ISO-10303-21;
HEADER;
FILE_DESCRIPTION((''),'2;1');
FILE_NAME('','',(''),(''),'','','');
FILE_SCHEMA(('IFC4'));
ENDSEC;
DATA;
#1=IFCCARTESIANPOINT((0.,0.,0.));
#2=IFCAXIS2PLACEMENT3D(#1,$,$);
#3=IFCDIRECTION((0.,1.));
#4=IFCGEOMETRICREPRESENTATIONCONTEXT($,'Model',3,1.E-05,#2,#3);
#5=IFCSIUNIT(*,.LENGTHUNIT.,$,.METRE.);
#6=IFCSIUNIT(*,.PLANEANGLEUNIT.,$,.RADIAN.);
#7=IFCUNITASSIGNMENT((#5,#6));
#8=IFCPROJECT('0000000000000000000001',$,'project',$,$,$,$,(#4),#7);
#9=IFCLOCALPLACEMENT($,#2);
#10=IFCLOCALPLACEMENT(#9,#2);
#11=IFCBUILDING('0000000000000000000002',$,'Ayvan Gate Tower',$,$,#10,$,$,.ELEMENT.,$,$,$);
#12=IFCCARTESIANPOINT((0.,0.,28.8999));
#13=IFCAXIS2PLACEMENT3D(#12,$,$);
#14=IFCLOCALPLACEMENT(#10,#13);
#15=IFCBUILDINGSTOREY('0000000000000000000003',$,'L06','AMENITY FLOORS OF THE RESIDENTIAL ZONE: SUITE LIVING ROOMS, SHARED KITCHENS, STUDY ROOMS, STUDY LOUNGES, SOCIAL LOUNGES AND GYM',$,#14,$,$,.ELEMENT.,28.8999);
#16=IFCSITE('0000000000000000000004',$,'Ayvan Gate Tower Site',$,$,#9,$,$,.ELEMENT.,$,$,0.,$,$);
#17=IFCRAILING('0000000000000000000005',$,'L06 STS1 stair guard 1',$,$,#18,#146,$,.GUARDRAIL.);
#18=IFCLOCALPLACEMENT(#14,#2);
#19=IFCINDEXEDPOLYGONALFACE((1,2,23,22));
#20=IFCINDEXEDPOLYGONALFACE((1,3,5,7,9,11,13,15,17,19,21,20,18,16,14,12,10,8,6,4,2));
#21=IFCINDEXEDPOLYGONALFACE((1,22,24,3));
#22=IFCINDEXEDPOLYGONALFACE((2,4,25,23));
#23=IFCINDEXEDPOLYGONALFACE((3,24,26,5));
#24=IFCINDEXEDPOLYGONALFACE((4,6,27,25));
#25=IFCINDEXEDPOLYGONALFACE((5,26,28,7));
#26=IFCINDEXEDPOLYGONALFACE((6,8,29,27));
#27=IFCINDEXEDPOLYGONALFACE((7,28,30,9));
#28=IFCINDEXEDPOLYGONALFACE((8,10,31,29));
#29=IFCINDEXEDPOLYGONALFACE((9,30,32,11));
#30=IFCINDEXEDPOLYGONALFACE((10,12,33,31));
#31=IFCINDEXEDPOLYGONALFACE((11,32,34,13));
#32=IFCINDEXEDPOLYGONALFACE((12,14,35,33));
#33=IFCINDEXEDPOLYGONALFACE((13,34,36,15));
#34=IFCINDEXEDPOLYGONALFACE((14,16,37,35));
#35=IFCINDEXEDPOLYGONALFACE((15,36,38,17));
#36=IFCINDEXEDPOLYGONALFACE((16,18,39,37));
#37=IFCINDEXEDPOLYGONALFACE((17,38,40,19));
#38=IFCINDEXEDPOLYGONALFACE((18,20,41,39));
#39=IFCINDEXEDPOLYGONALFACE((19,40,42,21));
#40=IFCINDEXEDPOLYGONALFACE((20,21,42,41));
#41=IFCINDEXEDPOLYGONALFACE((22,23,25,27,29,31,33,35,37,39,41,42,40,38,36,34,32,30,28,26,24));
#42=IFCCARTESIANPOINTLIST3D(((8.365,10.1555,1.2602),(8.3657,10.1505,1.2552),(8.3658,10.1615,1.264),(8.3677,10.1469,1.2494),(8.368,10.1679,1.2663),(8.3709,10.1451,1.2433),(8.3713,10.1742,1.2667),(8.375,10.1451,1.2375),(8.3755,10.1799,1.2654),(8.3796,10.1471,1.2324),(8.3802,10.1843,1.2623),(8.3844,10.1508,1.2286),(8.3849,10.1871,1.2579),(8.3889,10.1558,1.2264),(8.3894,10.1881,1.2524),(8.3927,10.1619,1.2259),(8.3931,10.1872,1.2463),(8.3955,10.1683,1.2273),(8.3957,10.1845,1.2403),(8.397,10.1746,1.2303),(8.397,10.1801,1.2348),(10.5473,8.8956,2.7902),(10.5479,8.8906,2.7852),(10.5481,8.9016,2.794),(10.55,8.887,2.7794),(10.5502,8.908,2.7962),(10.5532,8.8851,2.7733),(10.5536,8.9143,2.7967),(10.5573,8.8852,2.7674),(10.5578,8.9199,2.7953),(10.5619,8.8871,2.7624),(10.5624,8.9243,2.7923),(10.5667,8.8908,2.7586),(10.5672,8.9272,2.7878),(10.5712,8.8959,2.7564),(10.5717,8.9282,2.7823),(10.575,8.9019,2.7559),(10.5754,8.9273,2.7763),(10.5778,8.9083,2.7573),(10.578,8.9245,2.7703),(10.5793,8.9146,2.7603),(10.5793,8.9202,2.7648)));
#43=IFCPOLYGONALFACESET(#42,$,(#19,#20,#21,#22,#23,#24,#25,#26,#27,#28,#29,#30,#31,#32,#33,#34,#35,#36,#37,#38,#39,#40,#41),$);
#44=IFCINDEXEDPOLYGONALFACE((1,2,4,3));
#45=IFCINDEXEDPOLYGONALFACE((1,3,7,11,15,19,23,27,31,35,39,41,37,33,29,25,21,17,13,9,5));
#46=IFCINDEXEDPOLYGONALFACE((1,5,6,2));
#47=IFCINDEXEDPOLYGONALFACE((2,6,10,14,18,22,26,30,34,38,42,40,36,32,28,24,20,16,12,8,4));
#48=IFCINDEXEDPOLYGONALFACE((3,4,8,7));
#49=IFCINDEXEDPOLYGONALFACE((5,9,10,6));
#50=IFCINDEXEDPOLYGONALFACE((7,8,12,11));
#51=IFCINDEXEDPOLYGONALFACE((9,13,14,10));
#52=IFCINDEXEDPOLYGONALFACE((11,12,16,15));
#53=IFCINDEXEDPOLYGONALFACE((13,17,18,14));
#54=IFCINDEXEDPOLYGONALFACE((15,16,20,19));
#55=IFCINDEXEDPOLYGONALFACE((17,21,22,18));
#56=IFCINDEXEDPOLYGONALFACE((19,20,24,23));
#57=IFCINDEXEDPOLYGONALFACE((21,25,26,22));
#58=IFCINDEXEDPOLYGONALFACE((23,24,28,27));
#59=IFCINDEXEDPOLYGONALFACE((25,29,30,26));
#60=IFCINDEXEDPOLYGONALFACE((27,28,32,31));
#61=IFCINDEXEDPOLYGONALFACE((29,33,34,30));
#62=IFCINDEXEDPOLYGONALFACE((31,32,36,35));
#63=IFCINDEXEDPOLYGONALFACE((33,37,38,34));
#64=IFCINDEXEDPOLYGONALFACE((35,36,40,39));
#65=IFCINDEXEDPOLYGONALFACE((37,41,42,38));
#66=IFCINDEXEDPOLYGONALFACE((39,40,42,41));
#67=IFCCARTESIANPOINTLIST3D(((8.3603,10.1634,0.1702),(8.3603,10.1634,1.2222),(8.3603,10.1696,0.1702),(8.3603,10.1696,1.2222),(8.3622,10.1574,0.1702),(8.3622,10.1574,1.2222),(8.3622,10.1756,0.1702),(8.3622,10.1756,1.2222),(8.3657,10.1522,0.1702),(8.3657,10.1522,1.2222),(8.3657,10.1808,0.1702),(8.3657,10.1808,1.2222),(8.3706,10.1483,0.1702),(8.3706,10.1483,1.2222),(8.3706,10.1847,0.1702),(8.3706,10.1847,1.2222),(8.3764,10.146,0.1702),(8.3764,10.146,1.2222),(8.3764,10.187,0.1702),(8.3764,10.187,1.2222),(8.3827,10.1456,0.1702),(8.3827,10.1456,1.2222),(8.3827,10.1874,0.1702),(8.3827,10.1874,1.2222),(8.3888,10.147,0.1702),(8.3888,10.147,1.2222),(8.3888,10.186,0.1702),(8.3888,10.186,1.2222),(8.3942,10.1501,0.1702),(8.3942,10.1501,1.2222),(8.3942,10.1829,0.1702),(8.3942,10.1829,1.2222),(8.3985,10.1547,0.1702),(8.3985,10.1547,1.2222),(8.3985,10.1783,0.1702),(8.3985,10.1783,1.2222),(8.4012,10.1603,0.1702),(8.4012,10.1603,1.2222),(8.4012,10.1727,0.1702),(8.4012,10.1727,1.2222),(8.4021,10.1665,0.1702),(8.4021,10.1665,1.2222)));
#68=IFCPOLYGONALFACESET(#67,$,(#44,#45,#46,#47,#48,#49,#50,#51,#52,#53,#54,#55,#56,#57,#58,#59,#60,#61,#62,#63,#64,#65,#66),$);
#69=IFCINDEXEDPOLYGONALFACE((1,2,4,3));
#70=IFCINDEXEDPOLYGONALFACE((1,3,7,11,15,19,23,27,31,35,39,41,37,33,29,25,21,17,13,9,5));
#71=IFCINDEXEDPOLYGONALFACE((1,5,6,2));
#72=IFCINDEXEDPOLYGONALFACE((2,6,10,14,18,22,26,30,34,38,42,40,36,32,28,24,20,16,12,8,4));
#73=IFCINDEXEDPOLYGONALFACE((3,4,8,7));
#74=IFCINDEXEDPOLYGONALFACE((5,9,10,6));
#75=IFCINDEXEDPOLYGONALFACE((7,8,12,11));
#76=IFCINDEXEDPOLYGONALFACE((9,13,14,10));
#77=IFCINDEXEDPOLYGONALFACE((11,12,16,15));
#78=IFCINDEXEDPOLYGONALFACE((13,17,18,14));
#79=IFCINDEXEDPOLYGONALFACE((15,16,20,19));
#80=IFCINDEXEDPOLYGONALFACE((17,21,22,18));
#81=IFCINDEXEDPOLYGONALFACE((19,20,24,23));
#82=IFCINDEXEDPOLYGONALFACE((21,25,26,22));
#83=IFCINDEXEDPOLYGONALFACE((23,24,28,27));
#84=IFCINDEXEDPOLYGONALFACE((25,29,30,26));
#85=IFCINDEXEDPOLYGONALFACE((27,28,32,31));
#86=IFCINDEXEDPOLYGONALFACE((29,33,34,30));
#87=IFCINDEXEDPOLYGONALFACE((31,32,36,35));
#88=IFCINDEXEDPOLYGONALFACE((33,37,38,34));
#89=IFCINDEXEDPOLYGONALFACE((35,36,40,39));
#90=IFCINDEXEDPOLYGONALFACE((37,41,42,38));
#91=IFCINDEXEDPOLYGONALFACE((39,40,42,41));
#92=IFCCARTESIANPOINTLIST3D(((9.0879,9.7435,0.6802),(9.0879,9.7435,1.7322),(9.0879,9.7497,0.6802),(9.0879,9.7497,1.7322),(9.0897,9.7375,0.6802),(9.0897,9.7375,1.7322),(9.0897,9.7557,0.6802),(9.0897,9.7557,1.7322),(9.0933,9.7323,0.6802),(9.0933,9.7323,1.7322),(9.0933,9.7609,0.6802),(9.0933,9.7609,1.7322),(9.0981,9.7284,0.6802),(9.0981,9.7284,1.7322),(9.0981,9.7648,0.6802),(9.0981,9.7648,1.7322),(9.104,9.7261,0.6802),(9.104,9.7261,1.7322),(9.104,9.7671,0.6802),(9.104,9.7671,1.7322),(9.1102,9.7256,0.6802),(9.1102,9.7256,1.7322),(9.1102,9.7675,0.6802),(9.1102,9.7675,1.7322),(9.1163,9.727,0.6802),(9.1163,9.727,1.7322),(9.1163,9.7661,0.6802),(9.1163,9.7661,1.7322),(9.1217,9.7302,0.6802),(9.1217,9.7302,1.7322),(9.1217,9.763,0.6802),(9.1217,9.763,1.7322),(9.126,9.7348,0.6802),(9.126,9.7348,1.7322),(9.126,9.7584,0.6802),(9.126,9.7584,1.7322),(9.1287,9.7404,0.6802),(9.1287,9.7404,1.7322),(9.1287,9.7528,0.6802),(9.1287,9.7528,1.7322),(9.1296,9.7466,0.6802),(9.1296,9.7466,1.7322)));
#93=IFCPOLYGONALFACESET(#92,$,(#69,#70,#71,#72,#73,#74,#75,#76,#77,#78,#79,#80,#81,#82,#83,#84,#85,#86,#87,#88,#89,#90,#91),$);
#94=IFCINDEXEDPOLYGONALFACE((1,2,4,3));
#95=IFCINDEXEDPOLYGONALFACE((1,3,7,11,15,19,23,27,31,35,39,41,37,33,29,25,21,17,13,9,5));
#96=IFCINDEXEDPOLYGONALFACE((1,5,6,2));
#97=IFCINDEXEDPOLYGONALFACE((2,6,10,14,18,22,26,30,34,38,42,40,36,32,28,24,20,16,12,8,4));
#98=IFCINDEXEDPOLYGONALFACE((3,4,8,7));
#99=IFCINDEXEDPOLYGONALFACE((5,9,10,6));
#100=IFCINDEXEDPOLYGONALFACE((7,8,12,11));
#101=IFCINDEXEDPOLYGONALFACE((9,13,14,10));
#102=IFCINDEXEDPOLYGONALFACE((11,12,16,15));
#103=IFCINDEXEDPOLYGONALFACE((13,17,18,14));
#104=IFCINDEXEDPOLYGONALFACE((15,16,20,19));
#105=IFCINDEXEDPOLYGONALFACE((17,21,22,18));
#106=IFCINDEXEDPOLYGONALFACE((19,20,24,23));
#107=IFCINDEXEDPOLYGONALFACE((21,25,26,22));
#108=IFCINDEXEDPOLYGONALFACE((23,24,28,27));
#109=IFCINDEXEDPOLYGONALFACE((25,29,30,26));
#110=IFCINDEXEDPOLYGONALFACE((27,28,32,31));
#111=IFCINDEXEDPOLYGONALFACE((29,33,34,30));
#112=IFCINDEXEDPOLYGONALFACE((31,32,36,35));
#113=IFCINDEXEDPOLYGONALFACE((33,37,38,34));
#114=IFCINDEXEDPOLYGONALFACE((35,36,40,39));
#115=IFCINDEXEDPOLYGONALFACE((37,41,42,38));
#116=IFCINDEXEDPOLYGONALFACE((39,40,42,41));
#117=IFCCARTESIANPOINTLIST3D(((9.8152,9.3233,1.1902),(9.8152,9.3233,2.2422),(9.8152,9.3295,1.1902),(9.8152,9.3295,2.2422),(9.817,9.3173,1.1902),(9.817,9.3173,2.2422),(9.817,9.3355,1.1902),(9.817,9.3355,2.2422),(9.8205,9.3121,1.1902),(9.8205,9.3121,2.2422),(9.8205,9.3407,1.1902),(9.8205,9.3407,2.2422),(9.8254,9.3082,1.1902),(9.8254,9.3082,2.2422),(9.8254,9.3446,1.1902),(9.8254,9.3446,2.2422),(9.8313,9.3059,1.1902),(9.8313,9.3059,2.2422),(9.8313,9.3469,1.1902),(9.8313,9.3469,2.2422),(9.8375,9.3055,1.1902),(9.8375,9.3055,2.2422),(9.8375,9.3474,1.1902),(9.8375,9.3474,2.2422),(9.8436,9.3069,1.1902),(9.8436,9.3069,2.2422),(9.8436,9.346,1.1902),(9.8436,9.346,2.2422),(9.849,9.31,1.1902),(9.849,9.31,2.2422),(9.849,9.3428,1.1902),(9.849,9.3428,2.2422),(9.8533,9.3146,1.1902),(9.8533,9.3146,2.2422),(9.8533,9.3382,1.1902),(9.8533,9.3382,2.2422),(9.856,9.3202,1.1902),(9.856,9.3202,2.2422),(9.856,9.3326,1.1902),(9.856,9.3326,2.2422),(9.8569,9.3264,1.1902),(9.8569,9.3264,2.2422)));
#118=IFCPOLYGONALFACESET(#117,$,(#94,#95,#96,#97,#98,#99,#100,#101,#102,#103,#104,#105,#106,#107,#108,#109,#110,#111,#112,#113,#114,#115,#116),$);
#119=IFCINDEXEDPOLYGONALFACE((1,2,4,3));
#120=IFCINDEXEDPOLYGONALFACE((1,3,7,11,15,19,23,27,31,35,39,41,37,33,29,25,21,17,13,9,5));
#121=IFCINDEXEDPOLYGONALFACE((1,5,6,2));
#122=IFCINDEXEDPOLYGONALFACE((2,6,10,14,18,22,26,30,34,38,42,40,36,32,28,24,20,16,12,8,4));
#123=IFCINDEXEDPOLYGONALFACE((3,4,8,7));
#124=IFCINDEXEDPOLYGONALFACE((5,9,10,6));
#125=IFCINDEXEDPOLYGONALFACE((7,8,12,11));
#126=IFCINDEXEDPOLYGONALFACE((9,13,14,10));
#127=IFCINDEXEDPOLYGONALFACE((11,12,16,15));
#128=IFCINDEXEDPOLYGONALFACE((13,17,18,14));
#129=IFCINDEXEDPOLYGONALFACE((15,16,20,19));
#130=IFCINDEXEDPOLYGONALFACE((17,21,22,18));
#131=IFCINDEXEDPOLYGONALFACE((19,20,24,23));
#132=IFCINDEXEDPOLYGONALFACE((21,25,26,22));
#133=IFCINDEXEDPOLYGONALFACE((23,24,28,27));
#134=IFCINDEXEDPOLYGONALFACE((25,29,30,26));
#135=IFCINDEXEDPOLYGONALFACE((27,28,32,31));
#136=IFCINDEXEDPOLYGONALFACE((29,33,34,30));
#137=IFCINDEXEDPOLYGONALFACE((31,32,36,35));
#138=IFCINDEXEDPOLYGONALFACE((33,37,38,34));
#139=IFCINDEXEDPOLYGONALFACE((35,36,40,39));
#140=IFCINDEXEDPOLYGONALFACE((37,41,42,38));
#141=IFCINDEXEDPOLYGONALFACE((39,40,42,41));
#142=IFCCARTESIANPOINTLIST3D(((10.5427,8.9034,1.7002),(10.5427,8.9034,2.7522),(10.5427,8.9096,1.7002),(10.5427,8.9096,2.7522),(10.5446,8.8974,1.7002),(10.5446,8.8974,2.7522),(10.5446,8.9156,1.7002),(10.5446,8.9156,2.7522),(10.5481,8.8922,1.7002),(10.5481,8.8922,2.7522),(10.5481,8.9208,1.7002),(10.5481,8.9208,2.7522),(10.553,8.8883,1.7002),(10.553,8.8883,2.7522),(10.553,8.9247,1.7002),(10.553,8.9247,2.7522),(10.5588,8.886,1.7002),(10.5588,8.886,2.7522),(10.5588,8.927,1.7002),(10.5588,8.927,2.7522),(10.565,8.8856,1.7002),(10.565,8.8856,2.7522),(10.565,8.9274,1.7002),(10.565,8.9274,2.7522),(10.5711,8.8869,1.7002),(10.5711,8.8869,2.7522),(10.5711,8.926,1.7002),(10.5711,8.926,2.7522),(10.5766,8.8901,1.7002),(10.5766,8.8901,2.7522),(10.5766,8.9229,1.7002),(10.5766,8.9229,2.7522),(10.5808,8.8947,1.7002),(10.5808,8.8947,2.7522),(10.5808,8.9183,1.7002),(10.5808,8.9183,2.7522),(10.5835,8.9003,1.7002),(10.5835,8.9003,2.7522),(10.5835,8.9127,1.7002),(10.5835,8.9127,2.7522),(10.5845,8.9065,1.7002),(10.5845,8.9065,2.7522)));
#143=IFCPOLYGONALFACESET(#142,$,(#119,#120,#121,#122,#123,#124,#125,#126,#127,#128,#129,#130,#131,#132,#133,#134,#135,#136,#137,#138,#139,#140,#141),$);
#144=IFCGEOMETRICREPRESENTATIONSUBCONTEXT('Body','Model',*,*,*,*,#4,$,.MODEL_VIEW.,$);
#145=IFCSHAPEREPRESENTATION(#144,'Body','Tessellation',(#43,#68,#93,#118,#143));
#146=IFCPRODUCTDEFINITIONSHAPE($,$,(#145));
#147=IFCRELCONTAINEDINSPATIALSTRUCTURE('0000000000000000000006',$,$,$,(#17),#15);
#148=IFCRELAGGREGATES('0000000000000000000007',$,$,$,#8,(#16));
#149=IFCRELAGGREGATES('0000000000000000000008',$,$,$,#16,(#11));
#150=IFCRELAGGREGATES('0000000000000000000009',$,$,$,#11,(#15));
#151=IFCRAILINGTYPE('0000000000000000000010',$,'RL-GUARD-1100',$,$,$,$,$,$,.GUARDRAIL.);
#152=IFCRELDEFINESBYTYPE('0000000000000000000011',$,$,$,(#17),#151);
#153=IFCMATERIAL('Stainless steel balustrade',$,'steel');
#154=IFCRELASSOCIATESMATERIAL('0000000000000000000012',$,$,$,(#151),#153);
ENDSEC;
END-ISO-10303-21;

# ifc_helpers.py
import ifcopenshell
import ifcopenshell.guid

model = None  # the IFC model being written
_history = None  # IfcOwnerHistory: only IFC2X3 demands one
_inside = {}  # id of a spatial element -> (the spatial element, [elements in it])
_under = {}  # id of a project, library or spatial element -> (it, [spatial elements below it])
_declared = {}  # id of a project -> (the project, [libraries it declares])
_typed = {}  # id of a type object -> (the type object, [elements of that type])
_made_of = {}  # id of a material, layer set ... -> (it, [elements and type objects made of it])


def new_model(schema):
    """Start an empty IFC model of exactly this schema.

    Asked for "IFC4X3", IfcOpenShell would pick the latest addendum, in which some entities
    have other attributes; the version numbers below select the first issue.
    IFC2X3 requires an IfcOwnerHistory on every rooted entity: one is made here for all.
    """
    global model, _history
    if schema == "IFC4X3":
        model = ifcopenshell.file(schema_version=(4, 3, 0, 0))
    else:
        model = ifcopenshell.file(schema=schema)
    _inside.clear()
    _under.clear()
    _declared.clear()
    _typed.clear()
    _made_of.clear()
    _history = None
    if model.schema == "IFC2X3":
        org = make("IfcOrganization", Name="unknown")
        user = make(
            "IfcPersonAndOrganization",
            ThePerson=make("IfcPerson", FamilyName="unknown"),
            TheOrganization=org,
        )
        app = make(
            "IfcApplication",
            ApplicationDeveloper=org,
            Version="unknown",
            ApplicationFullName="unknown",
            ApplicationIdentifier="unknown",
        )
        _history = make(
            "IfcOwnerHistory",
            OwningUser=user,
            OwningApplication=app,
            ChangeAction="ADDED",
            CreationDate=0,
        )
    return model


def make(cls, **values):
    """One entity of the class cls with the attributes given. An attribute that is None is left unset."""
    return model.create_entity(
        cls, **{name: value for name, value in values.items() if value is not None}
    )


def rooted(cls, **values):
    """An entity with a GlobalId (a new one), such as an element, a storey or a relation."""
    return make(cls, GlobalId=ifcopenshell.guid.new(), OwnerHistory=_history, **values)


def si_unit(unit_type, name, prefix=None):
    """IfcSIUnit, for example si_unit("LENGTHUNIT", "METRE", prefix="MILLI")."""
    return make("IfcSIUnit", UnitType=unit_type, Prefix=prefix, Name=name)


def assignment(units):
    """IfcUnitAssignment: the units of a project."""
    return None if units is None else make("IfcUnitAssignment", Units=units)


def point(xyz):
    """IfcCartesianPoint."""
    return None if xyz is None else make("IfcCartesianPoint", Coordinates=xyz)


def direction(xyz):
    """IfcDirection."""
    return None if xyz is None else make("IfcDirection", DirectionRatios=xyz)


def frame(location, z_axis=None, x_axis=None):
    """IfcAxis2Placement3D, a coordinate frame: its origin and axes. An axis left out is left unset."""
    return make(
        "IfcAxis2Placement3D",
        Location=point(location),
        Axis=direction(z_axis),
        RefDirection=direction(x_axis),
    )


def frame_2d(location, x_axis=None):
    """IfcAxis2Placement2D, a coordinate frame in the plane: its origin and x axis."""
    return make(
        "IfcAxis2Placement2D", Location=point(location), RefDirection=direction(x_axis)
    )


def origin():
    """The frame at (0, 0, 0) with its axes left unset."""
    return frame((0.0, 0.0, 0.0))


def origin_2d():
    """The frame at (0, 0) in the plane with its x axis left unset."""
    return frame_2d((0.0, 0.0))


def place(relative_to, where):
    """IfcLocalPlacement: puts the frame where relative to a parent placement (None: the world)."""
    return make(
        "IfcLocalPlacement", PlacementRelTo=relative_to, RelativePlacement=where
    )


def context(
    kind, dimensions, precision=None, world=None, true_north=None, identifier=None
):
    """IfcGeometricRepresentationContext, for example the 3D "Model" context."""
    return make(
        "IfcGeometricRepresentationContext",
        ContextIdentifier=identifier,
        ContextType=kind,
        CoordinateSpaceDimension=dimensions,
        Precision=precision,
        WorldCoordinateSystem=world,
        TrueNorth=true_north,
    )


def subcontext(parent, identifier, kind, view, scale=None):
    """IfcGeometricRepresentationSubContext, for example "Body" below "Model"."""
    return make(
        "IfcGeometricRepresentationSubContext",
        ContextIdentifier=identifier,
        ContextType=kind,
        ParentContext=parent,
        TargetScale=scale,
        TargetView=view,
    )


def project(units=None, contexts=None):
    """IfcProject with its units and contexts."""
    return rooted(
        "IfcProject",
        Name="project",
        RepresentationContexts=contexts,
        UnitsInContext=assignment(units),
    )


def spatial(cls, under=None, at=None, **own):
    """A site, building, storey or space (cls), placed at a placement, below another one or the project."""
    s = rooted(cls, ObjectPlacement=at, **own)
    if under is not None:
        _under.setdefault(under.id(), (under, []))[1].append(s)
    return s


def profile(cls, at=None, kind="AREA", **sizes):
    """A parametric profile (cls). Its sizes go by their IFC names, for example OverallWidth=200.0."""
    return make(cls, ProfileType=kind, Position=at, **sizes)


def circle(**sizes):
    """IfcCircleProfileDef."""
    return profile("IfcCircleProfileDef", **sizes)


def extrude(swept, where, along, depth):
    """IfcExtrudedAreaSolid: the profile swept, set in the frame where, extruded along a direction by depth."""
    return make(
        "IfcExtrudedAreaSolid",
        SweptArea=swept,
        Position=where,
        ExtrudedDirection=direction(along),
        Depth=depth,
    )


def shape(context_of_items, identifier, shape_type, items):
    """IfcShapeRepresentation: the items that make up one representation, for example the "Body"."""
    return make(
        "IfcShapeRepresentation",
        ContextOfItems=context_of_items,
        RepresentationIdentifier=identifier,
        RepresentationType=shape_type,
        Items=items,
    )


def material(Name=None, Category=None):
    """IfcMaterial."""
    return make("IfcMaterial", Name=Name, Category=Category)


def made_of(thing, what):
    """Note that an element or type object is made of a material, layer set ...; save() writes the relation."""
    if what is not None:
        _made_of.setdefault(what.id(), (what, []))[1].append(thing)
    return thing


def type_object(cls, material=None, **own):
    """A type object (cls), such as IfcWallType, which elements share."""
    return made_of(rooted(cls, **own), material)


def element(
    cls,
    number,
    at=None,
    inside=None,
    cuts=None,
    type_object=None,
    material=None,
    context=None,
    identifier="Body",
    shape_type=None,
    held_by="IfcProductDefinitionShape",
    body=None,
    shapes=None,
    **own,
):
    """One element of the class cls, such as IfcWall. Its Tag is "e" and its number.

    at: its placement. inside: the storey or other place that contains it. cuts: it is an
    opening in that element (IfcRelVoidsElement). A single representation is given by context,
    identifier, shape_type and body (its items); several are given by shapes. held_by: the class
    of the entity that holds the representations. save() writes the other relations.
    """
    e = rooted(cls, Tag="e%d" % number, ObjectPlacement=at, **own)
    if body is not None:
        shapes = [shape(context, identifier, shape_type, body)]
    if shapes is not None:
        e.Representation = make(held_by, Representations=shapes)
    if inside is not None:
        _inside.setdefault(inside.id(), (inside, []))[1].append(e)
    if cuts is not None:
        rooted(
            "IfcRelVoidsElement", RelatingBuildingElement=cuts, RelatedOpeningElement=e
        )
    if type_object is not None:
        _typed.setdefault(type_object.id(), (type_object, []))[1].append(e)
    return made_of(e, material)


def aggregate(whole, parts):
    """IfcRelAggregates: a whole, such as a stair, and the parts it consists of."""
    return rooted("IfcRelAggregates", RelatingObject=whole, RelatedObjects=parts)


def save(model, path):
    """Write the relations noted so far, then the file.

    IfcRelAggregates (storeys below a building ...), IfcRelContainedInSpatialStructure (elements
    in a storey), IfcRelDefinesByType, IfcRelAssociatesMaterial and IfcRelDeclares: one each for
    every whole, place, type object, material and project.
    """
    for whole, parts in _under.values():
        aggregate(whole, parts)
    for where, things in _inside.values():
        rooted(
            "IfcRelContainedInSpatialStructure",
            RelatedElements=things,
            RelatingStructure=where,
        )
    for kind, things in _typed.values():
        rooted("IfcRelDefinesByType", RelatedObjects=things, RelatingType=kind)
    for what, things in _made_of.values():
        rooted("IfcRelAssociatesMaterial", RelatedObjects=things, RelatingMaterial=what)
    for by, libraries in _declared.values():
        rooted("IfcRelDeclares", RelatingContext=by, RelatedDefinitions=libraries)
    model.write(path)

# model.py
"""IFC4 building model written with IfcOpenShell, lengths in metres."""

from ifc_helpers import new_model, si_unit, direction, frame, origin, origin_2d, place, context, subcontext, project, spatial, circle, extrude, material, type_object, element, save


model = new_model("IFC4")

# Units and contexts
model_context = context("Model", 3, precision=1e-05, world=origin(), true_north=direction((0.0, 1.0)))
body_context = subcontext(model_context, "Body", "Model", "MODEL_VIEW")
ifc_project = project(units=[si_unit("LENGTHUNIT", "METRE"), si_unit("PLANEANGLEUNIT", "RADIAN")], contexts=[model_context])

# Site, building, storey
site_placement = place(None, origin())
site = spatial("IfcSite", under=ifc_project, at=site_placement, Name="Ayvan Gate Tower Site", CompositionType="ELEMENT", RefElevation=0.0)
building_placement = place(site_placement, origin())
building = spatial("IfcBuilding", under=site, at=building_placement, Name="Ayvan Gate Tower", CompositionType="ELEMENT")
storey_placement = place(building_placement, frame((0.0, 0.0, 28.8999)))
storey = spatial("IfcBuildingStorey", under=building, at=storey_placement, Name="L06", Description="AMENITY FLOORS OF THE RESIDENTIAL ZONE: SUITE LIVING ROOMS, SHARED KITCHENS, STUDY ROOMS, STUDY LOUNGES, SOCIAL LOUNGES AND GYM", CompositionType="ELEMENT", Elevation=28.8999)

# Railing
ifc_material_1 = material(Name="Stainless steel balustrade", Category="steel")
railing_type_1 = type_object("IfcRailingType", Name="RL-GUARD-1100", PredefinedType="GUARDRAIL", material=ifc_material_1)
railing_1_placement = place(storey_placement, frame((8.3811, 10.1665, 0.1702)))
element("IfcRailing", 1, at=railing_1_placement, inside=storey, type_object=railing_type_1, Name="L06 STS1 stair guard 1", PredefinedType="GUARDRAIL", context=body_context, shape_type="SweptSolid", body=[
    extrude(circle(Radius=0.0239, at=origin_2d()), frame((0.0, 0.0, 1.0762), z_axis=(0.740261, -0.427395, 0.518986), x_axis=(0.500005, 0.866023, 0.0)), (0.0, 0.0, 1.0), 2.948),
    extrude(circle(Radius=0.021, at=origin_2d()), origin(), (0.0, 0.0, 1.0), 1.052),
    extrude(circle(Radius=0.021, at=origin_2d()), frame((0.7275, -0.4199, 0.51)), (0.0, 0.0, 1.0), 1.052),
    extrude(circle(Radius=0.021, at=origin_2d()), frame((1.4548, -0.8401, 1.02)), (0.0, 0.0, 1.0), 1.052),
    extrude(circle(Radius=0.021, at=origin_2d()), frame((2.1824, -1.26, 1.53)), (0.0, 0.0, 1.0), 1.052),
])

save(model, "model.ifc")
